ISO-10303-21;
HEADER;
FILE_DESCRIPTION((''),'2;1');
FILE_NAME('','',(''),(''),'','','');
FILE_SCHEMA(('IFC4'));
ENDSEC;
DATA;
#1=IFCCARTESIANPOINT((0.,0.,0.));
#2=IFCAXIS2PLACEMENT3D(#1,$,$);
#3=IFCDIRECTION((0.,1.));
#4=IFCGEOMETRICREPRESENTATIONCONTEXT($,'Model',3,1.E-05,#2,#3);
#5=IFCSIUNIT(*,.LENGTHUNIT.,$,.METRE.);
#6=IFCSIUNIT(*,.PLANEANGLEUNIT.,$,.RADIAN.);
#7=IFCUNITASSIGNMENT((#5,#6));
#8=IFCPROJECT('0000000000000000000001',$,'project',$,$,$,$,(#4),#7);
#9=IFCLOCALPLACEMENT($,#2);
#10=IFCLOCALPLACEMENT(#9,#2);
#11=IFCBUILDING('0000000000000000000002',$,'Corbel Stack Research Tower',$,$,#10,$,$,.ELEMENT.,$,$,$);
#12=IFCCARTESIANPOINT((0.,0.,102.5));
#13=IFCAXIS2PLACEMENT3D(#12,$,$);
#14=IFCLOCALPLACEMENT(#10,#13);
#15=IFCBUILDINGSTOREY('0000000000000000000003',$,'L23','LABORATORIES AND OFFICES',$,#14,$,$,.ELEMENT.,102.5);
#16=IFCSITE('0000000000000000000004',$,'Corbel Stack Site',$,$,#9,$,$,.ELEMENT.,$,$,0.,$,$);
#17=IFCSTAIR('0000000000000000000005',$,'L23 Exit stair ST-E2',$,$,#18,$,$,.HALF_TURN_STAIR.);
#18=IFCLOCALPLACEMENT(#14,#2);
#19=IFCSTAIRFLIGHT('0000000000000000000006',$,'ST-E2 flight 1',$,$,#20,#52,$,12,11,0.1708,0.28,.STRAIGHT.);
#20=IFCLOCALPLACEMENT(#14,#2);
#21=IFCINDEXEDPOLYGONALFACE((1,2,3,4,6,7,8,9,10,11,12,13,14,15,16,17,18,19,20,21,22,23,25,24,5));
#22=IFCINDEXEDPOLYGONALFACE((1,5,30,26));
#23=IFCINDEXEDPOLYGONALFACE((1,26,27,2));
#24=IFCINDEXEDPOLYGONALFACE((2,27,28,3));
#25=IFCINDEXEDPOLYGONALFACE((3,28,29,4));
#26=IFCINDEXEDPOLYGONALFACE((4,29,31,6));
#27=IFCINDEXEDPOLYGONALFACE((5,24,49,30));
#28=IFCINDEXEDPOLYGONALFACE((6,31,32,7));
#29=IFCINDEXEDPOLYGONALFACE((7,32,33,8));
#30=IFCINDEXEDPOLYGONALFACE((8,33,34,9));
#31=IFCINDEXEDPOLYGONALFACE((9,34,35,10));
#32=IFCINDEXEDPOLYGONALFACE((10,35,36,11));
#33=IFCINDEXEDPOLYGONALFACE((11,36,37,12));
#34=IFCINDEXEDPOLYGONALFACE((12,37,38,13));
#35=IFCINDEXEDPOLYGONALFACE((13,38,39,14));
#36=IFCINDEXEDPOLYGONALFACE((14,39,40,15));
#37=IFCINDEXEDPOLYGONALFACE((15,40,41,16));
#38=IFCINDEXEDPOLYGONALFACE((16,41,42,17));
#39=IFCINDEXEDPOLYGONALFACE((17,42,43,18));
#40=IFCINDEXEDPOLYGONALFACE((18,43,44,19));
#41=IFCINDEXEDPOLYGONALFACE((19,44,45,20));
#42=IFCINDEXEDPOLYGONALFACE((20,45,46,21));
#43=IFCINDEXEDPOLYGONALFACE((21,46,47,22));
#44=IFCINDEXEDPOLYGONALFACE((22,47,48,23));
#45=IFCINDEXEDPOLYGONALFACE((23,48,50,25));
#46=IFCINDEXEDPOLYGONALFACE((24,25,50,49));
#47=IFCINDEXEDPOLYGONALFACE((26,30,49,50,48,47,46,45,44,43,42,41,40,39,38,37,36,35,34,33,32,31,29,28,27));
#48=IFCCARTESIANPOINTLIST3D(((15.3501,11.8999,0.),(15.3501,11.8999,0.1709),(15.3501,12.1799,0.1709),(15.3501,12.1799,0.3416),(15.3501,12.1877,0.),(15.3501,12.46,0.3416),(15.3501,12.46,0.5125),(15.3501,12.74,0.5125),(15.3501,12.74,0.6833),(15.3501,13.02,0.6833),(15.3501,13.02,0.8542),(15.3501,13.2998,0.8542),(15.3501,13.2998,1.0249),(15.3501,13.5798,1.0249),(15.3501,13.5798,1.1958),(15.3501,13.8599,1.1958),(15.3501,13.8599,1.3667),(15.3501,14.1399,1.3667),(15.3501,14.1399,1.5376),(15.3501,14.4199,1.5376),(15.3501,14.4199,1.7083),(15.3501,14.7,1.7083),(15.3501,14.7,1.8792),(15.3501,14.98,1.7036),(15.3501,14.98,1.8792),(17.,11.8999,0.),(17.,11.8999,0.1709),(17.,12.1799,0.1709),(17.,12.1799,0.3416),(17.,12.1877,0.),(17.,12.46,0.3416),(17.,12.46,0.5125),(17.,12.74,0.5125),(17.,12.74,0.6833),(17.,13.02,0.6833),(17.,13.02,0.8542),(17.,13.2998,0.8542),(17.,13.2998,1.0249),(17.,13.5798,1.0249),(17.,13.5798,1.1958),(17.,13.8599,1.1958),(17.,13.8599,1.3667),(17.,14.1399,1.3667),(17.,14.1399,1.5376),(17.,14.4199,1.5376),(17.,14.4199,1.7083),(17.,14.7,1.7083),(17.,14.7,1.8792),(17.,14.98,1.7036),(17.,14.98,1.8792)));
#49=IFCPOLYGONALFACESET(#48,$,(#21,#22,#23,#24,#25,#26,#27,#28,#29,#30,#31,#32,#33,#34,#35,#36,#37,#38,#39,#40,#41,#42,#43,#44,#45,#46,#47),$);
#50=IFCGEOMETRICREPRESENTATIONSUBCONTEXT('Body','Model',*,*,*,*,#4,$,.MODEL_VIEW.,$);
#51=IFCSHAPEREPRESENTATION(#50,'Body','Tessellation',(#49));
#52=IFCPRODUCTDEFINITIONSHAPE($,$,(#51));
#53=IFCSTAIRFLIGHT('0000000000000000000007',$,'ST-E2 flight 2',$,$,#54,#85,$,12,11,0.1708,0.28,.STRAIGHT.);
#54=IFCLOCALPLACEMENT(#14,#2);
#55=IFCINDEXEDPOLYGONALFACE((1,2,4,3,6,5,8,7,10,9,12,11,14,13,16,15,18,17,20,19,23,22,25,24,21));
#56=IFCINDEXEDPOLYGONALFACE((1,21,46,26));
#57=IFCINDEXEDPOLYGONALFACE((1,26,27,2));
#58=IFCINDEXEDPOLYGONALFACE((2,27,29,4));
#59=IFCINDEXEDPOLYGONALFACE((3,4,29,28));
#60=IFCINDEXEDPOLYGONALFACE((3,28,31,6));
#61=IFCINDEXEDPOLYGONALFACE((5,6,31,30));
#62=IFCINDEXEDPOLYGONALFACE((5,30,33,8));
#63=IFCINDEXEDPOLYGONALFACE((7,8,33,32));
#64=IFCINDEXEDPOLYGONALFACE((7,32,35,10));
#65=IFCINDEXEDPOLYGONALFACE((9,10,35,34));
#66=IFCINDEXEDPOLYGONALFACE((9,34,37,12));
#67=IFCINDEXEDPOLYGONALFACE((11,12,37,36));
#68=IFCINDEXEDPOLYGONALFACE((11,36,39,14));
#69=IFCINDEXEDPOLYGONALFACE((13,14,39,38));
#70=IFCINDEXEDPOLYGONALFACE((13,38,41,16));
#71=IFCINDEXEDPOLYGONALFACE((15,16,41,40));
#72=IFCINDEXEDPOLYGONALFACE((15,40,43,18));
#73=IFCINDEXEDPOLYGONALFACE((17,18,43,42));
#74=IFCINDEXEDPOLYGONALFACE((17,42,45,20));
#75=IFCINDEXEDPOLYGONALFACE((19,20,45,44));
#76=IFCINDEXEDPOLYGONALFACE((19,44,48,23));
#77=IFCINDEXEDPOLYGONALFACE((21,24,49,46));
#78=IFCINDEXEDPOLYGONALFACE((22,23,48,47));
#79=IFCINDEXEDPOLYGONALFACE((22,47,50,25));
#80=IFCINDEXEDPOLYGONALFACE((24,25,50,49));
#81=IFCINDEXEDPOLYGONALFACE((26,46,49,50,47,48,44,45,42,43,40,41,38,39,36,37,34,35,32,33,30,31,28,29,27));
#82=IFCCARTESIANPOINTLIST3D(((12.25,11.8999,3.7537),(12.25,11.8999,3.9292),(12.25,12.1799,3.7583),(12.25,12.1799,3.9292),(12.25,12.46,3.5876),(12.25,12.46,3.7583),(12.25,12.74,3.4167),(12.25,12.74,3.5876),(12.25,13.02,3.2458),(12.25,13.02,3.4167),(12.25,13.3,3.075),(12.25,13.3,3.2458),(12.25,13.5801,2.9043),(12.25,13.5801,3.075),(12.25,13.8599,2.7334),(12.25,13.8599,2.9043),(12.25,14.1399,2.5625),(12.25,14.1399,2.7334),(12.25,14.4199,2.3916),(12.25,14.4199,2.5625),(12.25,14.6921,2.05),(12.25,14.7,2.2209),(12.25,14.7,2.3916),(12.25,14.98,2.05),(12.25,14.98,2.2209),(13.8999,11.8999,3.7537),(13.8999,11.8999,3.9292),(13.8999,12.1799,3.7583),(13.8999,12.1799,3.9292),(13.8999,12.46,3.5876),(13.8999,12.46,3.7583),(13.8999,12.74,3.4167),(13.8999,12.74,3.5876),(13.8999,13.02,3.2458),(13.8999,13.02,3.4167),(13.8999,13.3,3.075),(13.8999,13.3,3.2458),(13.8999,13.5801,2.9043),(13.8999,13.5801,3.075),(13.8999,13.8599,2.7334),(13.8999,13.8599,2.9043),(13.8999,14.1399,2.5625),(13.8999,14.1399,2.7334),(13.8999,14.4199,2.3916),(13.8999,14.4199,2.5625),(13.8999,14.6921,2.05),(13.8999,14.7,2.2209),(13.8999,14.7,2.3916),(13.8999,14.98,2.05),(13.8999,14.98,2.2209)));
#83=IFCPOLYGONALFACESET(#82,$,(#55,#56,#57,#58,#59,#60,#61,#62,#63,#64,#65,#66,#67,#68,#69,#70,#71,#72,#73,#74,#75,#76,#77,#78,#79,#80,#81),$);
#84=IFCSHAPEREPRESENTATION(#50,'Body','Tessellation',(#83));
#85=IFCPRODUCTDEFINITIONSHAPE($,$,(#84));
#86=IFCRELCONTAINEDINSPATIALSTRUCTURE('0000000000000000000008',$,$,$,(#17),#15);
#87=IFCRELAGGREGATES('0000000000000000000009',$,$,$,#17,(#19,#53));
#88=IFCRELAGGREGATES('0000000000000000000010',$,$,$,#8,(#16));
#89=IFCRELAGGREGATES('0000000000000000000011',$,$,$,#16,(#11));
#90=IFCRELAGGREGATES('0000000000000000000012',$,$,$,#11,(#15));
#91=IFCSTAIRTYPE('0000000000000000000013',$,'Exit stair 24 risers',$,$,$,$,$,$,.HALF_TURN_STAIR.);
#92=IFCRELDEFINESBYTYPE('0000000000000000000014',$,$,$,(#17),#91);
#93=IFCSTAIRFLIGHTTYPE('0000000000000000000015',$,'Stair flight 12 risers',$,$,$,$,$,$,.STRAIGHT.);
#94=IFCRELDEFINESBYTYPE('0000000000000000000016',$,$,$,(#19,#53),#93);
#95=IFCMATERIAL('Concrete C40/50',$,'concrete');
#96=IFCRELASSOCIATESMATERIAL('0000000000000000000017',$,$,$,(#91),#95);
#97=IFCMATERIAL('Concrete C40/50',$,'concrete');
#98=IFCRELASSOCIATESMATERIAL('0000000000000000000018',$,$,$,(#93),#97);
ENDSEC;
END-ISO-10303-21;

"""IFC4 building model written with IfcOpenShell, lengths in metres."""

from ifc_helpers import new_model, si_unit, direction, frame, origin, place, context, subcontext, project, spatial, polyline, outline, extrude, material, type_object, element, aggregate, save


model = new_model("IFC4")

# Units and contexts
model_context = context("Model", 3, precision=1e-05, world=origin(), true_north=direction((0.0, 1.0)))
body_context = subcontext(model_context, "Body", "Model", "MODEL_VIEW")
ifc_project = project(units=[si_unit("LENGTHUNIT", "METRE"), si_unit("PLANEANGLEUNIT", "RADIAN")], contexts=[model_context])

# Site, building, storey
site_placement = place(None, origin())
site = spatial("IfcSite", under=ifc_project, at=site_placement, Name="Corbel Stack Site", CompositionType="ELEMENT", RefElevation=0.0)
building_placement = place(site_placement, origin())
building = spatial("IfcBuilding", under=site, at=building_placement, Name="Corbel Stack Research Tower", CompositionType="ELEMENT")
storey_placement = place(building_placement, frame((0.0, 0.0, 102.5)))
storey = spatial("IfcBuildingStorey", under=building, at=storey_placement, Name="L23", Description="LABORATORIES AND OFFICES", CompositionType="ELEMENT", Elevation=102.5)

# Stair, stair flights
ifc_material_1 = material(Name="Concrete C40/50", Category="concrete")
stair_type = type_object("IfcStairType", Name="Exit stair 24 risers", PredefinedType="HALF_TURN_STAIR", material=ifc_material_1)
stair_placement = place(storey_placement, origin())
stair = element("IfcStair", 1, at=stair_placement, inside=storey, type_object=stair_type, Name="L23 Exit stair ST-E2", PredefinedType="HALF_TURN_STAIR")
ifc_material_2 = material(Name="Concrete C40/50", Category="concrete")
stair_flight_type = type_object("IfcStairFlightType", Name="Stair flight 12 risers", PredefinedType="STRAIGHT", material=ifc_material_2)
stair_flight_1_placement = place(storey_placement, frame((16.175, 11.8999, 0.0), z_axis=(0.0, 0.0, 1.0), x_axis=(0.0, 1.0, 0.0)))
stair_flight_1 = element("IfcStairFlight", 2, at=stair_flight_1_placement, type_object=stair_flight_type, Name="ST-E2 flight 1", NumberOfRisers=12, NumberOfTreads=11, PredefinedType="STRAIGHT", RiserHeight=0.1708, TreadLength=0.28, context=body_context, shape_type="SweptSolid", body=[
    extrude(outline(polyline([(0.0, 0.0), (0.0, 0.1709), (0.28, 0.1709), (0.28, 0.3416), (0.5601, 0.3416), (0.5601, 0.5125), (0.8401, 0.5125), (0.8401, 0.6833), (1.1201, 0.6833), (1.1201, 0.8542), (1.3999, 0.8542), (1.3999, 1.0249), (1.6799, 1.0249), (1.6799, 1.1958), (1.96, 1.1958), (1.96, 1.3667), (2.24, 1.3667), (2.24, 1.5376), (2.52, 1.5376), (2.52, 1.7083), (2.8, 1.7083), (2.8, 1.8792), (3.0801, 1.8792), (3.0801, 2.05), (3.0801, 1.7036), (0.2878, 0.0), (0.0, 0.0)])), frame((0.0, 0.825, 0.0), z_axis=(0.0, -1.0, 0.0), x_axis=(1.0, 0.0, 0.0)), (0.0, 0.0, 1.0), 1.6499),
])
stair_flight_2_placement = place(storey_placement, frame((13.075, 14.98, 2.05), z_axis=(0.0, 0.0, 1.0), x_axis=(0.0, -1.0, 0.0)))
stair_flight_2 = element("IfcStairFlight", 3, at=stair_flight_2_placement, type_object=stair_flight_type, Name="ST-E2 flight 2", NumberOfRisers=12, NumberOfTreads=11, PredefinedType="STRAIGHT", RiserHeight=0.1708, TreadLength=0.28, context=body_context, shape_type="SweptSolid", body=[
    extrude(outline(polyline([(0.0, 0.0), (0.0, 0.1709), (0.28, 0.1709), (0.28, 0.3416), (0.5601, 0.3416), (0.5601, 0.5125), (0.8401, 0.5125), (0.8401, 0.6833), (1.1201, 0.6833), (1.1201, 0.8542), (1.3999, 0.8542), (1.3999, 1.0249), (1.6799, 1.0249), (1.6799, 1.1958), (1.96, 1.1958), (1.96, 1.3667), (2.24, 1.3667), (2.24, 1.5376), (2.52, 1.5376), (2.52, 1.7083), (2.8, 1.7083), (2.8, 1.8792), (3.0801, 1.8792), (3.0801, 2.05), (3.0801, 1.7036), (0.2878, 0.0), (0.0, 0.0)])), frame((0.0, 0.825, 0.0), z_axis=(0.0, -1.0, 0.0), x_axis=(1.0, 0.0, 0.0)), (0.0, 0.0, 1.0), 1.6499),
])
aggregate(stair, [stair_flight_1, stair_flight_2])

save(model, "model.ifc")
